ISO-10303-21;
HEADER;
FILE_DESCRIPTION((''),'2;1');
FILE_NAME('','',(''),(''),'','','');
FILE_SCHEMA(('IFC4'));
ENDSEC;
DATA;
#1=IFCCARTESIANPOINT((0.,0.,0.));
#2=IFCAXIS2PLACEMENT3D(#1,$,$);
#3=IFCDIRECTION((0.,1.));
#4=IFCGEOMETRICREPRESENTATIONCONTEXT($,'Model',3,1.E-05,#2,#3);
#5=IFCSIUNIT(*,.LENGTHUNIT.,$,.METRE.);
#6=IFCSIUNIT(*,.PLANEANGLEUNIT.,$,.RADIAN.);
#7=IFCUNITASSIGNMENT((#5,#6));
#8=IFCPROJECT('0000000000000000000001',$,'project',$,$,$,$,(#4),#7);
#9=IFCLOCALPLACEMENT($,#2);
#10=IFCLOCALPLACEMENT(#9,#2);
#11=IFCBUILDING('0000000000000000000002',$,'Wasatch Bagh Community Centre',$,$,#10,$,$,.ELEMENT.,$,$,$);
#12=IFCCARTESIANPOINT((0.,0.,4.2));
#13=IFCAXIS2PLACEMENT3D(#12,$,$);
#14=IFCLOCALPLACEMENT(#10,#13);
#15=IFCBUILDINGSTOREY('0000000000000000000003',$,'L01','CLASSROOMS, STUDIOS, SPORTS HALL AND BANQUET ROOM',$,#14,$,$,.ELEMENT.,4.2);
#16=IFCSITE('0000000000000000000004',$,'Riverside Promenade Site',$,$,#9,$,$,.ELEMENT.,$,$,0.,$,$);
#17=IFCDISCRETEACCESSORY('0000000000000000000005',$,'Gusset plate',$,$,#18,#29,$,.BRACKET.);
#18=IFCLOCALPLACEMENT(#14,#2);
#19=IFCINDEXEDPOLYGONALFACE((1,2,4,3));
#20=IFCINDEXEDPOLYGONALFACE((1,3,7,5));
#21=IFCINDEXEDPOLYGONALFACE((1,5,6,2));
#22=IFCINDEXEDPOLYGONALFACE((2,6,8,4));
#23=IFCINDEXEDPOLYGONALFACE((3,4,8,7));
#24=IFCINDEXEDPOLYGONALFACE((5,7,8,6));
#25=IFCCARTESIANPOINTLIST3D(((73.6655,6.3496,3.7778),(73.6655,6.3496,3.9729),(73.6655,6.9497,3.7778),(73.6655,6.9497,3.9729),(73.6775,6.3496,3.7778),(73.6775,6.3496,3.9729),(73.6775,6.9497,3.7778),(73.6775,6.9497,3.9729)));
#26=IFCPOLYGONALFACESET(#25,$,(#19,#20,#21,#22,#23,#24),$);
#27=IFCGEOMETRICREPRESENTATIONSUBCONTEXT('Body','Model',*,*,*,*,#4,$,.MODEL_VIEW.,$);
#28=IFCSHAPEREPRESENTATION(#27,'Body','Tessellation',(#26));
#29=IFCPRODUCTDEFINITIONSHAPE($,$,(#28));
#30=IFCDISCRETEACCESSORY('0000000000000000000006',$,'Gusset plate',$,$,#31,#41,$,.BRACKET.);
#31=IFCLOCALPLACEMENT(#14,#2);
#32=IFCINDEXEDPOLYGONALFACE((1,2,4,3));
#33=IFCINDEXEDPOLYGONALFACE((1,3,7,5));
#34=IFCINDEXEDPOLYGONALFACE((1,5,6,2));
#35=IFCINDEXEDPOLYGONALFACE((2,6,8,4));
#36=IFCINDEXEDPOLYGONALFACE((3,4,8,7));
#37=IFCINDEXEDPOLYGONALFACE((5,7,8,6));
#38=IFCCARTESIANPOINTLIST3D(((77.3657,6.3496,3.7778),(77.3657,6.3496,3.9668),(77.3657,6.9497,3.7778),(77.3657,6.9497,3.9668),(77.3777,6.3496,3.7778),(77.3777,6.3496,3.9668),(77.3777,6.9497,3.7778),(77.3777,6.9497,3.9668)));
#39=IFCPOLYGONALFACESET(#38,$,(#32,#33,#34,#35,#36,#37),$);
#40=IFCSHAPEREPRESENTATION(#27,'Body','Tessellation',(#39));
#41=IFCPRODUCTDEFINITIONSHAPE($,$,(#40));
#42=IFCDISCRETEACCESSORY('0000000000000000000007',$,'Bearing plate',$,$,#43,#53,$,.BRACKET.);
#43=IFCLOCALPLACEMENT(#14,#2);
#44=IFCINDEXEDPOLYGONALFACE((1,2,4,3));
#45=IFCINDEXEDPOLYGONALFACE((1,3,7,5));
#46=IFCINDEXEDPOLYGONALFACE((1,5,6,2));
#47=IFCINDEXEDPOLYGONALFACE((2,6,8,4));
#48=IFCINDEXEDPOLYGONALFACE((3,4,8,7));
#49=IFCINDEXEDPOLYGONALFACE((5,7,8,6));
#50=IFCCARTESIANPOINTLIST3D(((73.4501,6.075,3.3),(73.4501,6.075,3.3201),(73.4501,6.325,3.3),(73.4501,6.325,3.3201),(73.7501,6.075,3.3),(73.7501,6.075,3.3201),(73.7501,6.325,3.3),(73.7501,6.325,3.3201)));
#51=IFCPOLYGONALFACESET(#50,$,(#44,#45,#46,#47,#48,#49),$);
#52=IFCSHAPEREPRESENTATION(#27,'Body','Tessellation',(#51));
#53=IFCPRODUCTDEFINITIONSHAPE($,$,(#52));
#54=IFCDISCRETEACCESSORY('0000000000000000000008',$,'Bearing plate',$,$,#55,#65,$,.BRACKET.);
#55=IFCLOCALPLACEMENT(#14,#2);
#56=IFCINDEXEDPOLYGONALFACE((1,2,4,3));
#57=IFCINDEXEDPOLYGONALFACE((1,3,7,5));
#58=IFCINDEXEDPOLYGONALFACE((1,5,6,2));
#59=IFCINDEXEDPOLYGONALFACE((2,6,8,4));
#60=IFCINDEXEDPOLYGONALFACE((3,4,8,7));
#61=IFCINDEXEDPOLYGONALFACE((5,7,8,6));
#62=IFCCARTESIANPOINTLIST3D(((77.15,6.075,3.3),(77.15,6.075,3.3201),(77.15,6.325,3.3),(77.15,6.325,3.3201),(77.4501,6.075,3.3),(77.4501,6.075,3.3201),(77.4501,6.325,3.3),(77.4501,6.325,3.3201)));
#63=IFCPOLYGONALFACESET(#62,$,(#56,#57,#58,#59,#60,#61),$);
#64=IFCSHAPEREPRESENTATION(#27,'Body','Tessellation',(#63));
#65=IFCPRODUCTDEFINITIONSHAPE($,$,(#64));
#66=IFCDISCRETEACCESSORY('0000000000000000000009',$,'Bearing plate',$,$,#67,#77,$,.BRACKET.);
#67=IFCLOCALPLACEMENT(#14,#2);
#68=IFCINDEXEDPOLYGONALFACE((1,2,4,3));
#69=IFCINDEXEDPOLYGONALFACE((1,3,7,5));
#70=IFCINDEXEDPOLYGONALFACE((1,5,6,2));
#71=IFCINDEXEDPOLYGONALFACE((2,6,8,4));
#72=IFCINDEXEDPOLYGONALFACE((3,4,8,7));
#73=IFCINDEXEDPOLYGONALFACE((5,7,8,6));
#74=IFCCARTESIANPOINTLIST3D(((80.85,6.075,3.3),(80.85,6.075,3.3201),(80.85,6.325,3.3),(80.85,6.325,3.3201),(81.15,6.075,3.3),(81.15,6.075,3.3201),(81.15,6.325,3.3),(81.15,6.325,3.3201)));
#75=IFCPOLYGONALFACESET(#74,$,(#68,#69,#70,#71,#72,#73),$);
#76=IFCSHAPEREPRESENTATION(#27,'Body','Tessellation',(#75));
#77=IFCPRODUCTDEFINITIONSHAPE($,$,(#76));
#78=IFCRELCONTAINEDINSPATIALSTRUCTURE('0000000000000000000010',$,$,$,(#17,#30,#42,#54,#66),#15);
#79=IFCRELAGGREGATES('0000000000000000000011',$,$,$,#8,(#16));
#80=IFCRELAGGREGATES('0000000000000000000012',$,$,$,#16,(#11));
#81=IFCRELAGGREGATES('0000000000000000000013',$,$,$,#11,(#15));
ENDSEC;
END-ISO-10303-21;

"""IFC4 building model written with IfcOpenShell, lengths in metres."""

from ifc_helpers import new_model, si_unit, direction, frame, origin, origin_2d, place, context, subcontext, project, spatial, polyline, rectangle, outline, extrude, element, save


model = new_model("IFC4")

# Units and contexts
model_context = context("Model", 3, precision=1e-05, world=origin(), true_north=direction((0.0, 1.0)))
body_context = subcontext(model_context, "Body", "Model", "MODEL_VIEW")
ifc_project = project(units=[si_unit("LENGTHUNIT", "METRE"), si_unit("PLANEANGLEUNIT", "RADIAN")], contexts=[model_context])

# Site, building, storey
site_placement = place(None, origin())
site = spatial("IfcSite", under=ifc_project, at=site_placement, Name="Riverside Promenade Site", CompositionType="ELEMENT", RefElevation=0.0)
building_placement = place(site_placement, origin())
building = spatial("IfcBuilding", under=site, at=building_placement, Name="Wasatch Bagh Community Centre", CompositionType="ELEMENT")
storey_placement = place(building_placement, frame((0.0, 0.0, 4.2)))
storey = spatial("IfcBuildingStorey", under=building, at=storey_placement, Name="L01", Description="CLASSROOMS, STUDIOS, SPORTS HALL AND BANQUET ROOM", CompositionType="ELEMENT", Elevation=4.2)

# Discrete accessories
discrete_accessory_1_placement = place(storey_placement, frame((73.6775, 6.3496, 3.7778), z_axis=(1.0, 0.0, 0.0), x_axis=(0.0, 1.0, 0.0)))
element("IfcDiscreteAccessory", 1, at=discrete_accessory_1_placement, inside=storey, Name="Gusset plate", PredefinedType="BRACKET", context=body_context, shape_type="SweptSolid", body=[
    extrude(outline(polyline([(0.0, 0.0), (0.6001, 0.0), (0.6001, 0.1951), (0.0, 0.1951), (0.0, 0.0)])), origin(), (0.0, 0.0, -1.0), 0.012),
])
discrete_accessory_2_placement = place(storey_placement, frame((77.3777, 6.3496, 3.7778), z_axis=(1.0, 0.0, 0.0), x_axis=(0.0, 1.0, 0.0)))
element("IfcDiscreteAccessory", 2, at=discrete_accessory_2_placement, inside=storey, Name="Gusset plate", PredefinedType="BRACKET", context=body_context, shape_type="SweptSolid", body=[
    extrude(outline(polyline([(0.0, 0.0), (0.6001, 0.0), (0.6001, 0.189), (0.0, 0.189), (0.0, 0.0)])), origin(), (0.0, 0.0, -1.0), 0.012),
])
for number, where, z_axis, x_axis, name in (
    (3, (73.6001, 6.2, 3.3), (0.0, 0.0, 1.0), (1.0, 0.0, 0.0), "Bearing plate"),
    (4, (77.3, 6.2, 3.3), (0.0, 0.0, 1.0), (1.0, 0.0, 0.0), "Bearing plate"),
    (5, (81.0, 6.2, 3.3), (0.0, 0.0, 1.0), (1.0, 0.0, 0.0), "Bearing plate"),
):
    element("IfcDiscreteAccessory", number, at=place(storey_placement, frame(where, z_axis=z_axis, x_axis=x_axis)), inside=storey, Name=name, PredefinedType="BRACKET", context=body_context, shape_type="SweptSolid", body=[
        extrude(rectangle(XDim=0.3, YDim=0.25, at=origin_2d()), origin(), (0.0, 0.0, 1.0), 0.02),
    ])

save(model, "model.ifc")
